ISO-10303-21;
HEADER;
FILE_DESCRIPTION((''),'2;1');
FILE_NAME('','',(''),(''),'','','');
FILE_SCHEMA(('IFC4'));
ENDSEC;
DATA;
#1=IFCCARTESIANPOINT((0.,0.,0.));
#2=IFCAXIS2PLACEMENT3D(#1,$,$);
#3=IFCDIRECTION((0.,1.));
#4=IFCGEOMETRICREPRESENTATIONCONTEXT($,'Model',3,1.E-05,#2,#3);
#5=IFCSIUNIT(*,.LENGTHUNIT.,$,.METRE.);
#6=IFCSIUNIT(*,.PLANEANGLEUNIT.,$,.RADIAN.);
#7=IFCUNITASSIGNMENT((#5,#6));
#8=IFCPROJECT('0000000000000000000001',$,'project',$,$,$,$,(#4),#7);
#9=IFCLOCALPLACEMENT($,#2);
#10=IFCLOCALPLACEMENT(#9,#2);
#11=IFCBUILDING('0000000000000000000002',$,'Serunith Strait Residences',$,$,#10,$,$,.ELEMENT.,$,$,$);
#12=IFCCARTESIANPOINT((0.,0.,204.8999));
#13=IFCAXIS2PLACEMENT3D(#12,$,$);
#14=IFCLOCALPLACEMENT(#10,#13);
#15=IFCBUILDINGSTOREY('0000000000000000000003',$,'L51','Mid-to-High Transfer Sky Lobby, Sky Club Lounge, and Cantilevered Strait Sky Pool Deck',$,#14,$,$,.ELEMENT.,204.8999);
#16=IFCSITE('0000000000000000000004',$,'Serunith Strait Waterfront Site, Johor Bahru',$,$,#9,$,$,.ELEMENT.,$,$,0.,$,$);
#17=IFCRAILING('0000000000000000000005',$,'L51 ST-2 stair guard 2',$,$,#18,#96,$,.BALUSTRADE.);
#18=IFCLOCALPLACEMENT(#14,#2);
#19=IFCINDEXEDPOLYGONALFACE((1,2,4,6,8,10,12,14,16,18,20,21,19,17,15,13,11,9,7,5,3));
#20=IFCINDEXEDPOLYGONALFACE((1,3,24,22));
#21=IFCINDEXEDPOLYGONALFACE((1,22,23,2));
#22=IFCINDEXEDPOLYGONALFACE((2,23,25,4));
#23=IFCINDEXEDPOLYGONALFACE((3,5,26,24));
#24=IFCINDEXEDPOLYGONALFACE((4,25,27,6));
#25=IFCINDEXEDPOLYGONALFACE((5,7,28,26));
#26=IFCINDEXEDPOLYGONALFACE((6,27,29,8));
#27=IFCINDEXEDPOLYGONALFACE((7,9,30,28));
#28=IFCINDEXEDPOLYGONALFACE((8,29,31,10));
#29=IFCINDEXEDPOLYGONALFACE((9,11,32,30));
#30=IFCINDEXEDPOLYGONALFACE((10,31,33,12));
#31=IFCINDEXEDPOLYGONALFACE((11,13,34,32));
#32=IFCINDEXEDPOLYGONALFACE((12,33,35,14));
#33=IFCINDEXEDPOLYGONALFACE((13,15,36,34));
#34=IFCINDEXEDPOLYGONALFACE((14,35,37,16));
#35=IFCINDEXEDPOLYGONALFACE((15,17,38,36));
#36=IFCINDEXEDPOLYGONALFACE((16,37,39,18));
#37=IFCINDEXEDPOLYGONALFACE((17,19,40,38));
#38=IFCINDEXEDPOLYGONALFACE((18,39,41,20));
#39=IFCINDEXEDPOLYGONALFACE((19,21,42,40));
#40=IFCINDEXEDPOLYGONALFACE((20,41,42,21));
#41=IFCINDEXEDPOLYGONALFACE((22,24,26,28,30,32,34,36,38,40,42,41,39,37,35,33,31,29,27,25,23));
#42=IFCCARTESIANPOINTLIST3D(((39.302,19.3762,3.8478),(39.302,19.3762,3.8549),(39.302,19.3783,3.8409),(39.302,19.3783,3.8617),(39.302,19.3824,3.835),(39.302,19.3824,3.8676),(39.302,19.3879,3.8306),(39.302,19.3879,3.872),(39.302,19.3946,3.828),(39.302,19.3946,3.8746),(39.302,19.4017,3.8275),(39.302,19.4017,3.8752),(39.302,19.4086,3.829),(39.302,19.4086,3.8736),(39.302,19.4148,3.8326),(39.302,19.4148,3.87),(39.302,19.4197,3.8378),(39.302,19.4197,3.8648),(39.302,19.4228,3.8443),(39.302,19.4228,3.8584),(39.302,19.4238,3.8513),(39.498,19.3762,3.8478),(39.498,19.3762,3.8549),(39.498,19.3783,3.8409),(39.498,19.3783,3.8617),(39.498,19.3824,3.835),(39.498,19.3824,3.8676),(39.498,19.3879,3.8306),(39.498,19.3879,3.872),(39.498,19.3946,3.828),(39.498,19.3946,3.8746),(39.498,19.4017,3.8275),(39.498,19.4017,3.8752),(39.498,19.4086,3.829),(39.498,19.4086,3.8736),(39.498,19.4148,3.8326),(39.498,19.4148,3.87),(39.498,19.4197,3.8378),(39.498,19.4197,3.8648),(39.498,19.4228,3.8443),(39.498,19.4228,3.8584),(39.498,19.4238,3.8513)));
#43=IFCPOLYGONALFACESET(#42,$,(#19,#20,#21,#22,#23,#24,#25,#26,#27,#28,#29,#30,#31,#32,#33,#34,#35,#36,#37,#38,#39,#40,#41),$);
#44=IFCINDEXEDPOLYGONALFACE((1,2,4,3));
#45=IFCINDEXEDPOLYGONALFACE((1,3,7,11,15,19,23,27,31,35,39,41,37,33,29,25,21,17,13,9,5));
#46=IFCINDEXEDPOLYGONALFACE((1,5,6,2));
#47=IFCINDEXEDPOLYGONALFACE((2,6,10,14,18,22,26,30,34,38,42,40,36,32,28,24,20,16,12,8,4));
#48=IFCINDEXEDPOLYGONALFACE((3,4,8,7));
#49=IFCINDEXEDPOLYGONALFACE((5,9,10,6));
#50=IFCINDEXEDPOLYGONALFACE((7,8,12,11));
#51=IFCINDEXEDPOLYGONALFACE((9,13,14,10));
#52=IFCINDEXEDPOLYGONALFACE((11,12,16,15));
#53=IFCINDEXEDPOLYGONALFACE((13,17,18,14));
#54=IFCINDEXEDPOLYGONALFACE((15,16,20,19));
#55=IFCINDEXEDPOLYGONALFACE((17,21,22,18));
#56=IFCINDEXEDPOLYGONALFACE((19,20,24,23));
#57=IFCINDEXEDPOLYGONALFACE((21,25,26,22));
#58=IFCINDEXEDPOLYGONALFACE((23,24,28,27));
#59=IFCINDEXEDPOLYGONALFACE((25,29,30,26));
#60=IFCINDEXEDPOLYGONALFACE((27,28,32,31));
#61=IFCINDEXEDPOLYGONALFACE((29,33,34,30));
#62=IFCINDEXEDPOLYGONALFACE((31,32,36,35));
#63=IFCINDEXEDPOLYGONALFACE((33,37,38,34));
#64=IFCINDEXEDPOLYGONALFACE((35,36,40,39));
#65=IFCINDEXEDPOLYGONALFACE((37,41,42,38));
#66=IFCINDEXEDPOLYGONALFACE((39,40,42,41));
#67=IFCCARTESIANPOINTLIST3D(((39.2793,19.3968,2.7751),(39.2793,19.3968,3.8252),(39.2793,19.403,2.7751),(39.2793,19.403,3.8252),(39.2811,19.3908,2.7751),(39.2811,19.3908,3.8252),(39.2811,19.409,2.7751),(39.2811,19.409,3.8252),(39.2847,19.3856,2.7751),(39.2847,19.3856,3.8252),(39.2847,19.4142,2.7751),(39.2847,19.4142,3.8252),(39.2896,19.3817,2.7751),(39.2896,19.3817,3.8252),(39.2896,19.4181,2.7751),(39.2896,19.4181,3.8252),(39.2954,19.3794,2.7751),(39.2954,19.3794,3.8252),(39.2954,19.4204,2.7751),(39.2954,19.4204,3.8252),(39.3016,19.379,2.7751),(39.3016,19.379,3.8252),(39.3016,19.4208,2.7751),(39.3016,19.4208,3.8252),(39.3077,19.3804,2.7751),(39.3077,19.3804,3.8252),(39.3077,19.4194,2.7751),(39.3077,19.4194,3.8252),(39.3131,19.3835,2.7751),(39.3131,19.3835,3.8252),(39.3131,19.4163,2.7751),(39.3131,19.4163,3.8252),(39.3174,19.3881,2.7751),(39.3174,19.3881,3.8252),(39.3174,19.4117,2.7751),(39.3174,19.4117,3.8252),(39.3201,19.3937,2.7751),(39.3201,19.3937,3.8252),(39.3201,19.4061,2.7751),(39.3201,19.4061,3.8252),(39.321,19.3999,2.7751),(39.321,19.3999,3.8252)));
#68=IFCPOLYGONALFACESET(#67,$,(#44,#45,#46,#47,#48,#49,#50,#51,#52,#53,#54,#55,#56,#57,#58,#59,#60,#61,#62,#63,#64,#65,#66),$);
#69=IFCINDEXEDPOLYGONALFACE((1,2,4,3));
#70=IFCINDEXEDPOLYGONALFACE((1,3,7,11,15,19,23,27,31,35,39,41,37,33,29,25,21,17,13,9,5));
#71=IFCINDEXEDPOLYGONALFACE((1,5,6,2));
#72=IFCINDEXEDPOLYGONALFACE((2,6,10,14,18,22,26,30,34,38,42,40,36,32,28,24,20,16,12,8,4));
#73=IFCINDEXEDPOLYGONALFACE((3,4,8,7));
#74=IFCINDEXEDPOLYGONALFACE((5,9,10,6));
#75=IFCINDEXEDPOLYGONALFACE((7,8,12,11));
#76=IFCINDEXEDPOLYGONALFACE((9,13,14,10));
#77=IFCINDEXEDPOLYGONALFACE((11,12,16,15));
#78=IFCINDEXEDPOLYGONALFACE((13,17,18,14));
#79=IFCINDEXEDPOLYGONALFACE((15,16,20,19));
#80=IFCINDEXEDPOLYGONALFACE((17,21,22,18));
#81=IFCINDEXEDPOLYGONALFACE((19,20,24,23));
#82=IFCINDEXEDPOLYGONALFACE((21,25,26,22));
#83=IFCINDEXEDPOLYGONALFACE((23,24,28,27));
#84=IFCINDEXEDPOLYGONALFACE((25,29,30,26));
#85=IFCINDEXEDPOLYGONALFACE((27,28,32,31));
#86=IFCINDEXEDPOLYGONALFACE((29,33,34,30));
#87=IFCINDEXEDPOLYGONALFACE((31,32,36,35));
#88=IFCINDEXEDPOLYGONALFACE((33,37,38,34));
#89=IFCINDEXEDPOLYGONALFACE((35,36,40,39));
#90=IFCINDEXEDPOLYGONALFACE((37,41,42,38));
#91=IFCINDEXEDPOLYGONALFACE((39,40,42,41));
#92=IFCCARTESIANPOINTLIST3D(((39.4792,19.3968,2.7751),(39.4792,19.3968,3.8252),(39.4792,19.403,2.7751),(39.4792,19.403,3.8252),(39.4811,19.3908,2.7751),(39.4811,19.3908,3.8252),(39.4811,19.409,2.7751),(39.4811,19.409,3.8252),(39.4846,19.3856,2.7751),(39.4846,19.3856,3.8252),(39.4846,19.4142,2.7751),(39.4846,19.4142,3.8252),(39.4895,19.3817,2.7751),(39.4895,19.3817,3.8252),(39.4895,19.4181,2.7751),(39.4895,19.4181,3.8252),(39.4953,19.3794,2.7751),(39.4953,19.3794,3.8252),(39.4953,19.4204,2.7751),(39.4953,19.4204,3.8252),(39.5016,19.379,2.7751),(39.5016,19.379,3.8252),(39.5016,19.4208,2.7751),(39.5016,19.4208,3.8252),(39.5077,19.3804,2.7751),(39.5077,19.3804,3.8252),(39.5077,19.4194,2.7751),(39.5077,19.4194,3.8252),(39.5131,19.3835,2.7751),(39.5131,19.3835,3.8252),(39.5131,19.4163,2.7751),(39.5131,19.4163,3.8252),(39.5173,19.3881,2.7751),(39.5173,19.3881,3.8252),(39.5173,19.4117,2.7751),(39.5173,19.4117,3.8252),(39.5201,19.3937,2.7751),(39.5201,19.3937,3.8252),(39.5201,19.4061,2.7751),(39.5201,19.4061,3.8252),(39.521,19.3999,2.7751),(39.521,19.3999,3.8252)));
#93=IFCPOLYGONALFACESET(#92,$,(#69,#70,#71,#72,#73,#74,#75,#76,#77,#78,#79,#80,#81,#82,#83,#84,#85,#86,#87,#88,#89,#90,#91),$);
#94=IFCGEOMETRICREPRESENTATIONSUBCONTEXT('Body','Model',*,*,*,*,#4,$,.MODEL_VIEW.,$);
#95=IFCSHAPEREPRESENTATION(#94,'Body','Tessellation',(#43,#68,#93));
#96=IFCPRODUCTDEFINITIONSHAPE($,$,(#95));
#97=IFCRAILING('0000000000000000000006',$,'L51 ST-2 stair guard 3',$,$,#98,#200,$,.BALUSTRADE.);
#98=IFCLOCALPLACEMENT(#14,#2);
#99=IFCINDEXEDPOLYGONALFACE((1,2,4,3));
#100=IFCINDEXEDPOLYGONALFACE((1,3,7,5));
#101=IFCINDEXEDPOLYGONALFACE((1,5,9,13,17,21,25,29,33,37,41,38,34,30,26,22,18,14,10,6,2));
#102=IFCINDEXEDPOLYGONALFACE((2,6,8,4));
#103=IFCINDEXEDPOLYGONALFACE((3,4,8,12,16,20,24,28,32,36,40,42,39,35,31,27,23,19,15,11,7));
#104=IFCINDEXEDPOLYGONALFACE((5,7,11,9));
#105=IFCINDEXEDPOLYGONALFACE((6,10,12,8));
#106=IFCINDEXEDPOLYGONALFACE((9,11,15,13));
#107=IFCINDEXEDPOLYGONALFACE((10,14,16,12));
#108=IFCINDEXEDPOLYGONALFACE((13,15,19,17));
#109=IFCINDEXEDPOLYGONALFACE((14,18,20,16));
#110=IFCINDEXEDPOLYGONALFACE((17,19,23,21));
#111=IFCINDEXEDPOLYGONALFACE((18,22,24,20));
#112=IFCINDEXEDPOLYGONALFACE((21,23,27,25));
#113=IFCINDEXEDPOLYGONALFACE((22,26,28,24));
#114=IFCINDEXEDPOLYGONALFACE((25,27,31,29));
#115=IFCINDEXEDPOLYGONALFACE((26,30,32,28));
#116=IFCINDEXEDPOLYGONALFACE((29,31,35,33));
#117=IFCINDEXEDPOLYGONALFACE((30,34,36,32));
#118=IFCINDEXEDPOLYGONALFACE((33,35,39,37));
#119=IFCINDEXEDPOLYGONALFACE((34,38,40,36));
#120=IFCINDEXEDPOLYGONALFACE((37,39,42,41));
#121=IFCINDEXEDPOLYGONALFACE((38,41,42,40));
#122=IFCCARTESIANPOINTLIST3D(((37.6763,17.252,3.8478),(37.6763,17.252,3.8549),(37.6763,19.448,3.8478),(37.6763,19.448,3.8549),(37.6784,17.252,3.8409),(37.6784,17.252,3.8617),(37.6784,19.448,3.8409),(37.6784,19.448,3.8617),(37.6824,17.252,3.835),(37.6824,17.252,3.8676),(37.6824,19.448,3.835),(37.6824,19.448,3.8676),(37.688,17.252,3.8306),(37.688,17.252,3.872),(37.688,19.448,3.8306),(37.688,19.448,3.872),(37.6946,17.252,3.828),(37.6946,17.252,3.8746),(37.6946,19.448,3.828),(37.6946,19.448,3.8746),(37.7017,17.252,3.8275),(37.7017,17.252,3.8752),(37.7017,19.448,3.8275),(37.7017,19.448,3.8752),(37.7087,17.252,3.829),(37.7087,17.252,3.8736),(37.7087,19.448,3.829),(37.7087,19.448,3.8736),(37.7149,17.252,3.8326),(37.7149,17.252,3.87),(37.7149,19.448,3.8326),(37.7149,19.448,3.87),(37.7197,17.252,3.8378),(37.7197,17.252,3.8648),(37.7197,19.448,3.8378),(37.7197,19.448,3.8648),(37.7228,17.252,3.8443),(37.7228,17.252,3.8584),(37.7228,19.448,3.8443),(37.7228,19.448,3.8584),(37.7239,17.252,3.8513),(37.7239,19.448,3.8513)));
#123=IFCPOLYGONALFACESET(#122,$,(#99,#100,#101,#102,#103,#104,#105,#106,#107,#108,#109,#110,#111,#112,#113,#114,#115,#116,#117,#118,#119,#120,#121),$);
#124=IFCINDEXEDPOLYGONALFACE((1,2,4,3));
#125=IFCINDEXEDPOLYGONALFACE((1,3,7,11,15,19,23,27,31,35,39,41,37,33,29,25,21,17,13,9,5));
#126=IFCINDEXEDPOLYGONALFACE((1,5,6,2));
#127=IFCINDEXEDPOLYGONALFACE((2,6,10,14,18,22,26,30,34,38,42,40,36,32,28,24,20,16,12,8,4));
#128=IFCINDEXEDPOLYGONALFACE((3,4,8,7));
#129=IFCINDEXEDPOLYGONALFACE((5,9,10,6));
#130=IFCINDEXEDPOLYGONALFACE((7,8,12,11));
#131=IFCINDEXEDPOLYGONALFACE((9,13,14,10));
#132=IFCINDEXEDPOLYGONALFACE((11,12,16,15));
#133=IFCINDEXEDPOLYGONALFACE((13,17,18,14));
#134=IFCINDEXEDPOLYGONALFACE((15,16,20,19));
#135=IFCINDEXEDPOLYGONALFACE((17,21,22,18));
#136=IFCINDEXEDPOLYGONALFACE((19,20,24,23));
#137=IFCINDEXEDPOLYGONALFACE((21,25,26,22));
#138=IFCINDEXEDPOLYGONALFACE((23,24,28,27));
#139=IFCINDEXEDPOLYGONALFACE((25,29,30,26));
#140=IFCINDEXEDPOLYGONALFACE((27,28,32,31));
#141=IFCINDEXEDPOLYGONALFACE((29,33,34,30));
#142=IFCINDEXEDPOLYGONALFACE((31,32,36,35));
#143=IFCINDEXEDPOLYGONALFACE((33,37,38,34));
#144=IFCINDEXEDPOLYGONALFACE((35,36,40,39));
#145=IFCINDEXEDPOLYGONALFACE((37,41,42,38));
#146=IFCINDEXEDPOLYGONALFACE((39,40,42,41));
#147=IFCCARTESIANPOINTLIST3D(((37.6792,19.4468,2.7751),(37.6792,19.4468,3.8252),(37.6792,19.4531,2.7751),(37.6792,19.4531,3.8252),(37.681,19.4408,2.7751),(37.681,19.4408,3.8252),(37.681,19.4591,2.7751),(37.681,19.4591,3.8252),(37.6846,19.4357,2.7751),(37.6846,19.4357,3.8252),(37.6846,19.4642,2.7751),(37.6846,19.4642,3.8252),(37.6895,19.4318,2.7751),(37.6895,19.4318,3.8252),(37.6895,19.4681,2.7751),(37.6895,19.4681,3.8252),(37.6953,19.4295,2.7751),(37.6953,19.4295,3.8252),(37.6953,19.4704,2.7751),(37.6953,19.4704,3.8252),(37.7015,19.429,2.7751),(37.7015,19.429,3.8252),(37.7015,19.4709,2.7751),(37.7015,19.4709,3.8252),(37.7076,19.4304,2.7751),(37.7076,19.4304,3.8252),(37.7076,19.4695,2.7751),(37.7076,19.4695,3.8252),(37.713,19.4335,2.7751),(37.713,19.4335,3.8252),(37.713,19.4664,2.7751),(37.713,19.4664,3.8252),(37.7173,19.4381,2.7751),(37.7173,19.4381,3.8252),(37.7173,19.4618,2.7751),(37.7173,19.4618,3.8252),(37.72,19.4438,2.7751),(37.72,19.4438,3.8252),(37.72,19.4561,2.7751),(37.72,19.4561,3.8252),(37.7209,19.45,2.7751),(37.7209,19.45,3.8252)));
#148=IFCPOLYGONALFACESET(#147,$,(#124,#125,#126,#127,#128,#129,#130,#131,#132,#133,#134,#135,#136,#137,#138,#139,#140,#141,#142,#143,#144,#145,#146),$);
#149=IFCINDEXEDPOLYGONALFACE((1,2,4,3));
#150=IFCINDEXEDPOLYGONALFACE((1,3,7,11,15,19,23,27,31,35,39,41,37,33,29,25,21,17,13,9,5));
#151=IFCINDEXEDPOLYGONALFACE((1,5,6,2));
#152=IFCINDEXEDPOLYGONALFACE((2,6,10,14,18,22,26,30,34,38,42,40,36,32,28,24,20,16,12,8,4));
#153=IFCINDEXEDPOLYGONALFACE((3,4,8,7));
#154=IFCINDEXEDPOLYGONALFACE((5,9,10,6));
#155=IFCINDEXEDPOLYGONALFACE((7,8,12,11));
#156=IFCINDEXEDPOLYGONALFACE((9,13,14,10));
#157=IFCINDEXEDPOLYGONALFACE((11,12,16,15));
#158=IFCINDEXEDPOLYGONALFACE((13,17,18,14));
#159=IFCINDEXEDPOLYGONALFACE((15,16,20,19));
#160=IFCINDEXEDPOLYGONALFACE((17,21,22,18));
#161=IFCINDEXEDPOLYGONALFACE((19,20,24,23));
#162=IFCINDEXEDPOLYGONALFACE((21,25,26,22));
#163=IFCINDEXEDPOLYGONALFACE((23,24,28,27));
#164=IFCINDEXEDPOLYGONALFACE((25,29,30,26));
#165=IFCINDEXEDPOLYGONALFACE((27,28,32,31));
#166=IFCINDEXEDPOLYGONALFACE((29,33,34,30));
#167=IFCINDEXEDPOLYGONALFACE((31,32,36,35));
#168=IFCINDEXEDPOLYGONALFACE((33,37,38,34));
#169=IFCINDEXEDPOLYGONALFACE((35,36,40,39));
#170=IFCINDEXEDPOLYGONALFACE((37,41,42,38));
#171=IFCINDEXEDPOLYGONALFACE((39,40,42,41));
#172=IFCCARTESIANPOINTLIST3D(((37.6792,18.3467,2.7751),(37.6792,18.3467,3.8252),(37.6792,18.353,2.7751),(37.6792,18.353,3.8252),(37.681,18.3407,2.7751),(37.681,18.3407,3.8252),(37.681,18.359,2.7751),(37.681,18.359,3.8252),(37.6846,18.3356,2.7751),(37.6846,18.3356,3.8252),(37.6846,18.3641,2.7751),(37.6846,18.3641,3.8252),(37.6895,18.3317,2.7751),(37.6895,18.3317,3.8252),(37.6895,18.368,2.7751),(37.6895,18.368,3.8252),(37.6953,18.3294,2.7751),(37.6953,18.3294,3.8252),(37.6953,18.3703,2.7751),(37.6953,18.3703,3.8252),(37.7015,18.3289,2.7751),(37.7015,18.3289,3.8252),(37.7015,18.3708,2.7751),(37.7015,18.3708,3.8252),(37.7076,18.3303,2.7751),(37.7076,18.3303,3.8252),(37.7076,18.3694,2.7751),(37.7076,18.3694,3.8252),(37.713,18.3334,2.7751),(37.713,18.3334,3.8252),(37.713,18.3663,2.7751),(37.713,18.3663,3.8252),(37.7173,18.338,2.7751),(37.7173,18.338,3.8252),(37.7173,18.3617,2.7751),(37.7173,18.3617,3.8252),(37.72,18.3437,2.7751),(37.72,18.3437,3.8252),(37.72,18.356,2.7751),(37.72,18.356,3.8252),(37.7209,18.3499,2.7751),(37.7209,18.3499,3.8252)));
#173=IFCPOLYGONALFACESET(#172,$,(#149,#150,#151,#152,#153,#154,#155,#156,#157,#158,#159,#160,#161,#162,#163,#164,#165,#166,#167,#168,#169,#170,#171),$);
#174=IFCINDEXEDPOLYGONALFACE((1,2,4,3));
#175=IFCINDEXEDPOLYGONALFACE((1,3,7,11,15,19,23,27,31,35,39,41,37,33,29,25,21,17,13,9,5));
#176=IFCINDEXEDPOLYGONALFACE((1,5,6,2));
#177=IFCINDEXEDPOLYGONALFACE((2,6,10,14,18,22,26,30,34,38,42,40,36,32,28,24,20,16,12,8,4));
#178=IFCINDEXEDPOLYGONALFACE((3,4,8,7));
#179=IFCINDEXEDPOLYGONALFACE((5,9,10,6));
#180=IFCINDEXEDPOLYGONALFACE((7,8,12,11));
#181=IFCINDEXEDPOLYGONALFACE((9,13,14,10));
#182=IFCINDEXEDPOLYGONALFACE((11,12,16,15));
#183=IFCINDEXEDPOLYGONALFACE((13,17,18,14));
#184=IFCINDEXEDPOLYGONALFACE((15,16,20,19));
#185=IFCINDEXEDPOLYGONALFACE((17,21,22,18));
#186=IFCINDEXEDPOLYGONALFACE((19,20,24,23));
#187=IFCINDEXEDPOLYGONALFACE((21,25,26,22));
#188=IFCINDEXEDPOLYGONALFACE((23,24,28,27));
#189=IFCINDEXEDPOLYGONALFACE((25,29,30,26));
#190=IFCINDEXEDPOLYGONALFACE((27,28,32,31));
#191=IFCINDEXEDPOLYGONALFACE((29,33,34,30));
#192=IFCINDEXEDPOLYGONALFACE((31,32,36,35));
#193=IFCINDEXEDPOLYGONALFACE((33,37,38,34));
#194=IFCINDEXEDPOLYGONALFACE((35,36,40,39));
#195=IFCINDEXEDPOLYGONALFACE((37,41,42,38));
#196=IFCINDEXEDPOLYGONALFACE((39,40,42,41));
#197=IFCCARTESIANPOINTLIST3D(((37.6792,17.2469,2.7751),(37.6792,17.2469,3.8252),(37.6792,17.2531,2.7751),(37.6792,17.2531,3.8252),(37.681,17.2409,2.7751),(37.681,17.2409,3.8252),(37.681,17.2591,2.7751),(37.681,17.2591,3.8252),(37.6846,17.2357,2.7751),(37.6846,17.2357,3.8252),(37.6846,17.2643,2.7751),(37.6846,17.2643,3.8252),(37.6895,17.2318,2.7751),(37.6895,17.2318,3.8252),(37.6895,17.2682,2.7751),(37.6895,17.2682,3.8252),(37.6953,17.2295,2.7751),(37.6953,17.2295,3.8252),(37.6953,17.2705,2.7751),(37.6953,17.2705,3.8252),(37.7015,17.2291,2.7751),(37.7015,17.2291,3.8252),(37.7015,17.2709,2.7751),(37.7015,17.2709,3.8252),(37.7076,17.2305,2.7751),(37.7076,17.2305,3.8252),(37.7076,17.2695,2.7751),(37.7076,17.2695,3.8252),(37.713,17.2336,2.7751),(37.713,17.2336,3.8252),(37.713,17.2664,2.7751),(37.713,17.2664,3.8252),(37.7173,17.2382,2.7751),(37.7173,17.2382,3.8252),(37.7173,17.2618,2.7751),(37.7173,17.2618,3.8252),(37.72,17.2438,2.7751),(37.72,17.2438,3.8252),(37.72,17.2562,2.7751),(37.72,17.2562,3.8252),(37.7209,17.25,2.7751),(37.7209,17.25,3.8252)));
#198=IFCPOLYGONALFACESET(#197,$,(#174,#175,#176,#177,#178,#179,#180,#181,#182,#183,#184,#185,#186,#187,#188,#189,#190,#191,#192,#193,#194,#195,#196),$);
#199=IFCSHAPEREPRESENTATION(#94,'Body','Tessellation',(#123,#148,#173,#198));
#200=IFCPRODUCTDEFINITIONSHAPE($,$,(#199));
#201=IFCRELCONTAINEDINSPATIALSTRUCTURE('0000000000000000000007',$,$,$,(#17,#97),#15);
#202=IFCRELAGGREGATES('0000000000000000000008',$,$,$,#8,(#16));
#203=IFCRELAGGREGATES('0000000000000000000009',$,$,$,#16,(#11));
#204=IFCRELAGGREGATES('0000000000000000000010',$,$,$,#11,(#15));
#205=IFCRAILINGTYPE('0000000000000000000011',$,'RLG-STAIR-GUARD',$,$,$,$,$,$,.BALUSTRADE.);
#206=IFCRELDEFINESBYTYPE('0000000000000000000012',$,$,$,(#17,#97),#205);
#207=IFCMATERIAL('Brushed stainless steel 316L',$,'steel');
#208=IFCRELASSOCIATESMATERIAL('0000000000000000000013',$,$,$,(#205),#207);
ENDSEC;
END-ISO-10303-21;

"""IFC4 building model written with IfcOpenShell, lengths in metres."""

from ifc_helpers import new_model, si_unit, direction, frame, origin, origin_2d, place, context, subcontext, project, spatial, circle, extrude, material, type_object, element, save


model = new_model("IFC4")

# Units and contexts
model_context = context("Model", 3, precision=1e-05, world=origin(), true_north=direction((0.0, 1.0)))
body_context = subcontext(model_context, "Body", "Model", "MODEL_VIEW")
ifc_project = project(units=[si_unit("LENGTHUNIT", "METRE"), si_unit("PLANEANGLEUNIT", "RADIAN")], contexts=[model_context])

# Site, building, storey
site_placement = place(None, origin())
site = spatial("IfcSite", under=ifc_project, at=site_placement, Name="Serunith Strait Waterfront Site, Johor Bahru", CompositionType="ELEMENT", RefElevation=0.0)
building_placement = place(site_placement, origin())
building = spatial("IfcBuilding", under=site, at=building_placement, Name="Serunith Strait Residences", CompositionType="ELEMENT")
storey_placement = place(building_placement, frame((0.0, 0.0, 204.8999)))
storey = spatial("IfcBuildingStorey", under=building, at=storey_placement, Name="L51", Description="Mid-to-High Transfer Sky Lobby, Sky Club Lounge, and Cantilevered Strait Sky Pool Deck", CompositionType="ELEMENT", Elevation=204.8999)

# Railings
ifc_material_1 = material(Name="Brushed stainless steel 316L", Category="steel")
railing_type_1 = type_object("IfcRailingType", Name="RLG-STAIR-GUARD", PredefinedType="BALUSTRADE", material=ifc_material_1)
railing_1_placement = place(storey_placement, frame((39.3, 19.3999, 2.7751)))
element("IfcRailing", 1, at=railing_1_placement, inside=storey, type_object=railing_type_1, Name="L51 ST-2 stair guard 2", PredefinedType="BALUSTRADE", context=body_context, shape_type="SweptSolid", body=[
    extrude(circle(Radius=0.0239, at=origin_2d()), frame((0.002, 0.0, 1.0762), z_axis=(1.0, 0.0, 0.0), x_axis=(0.0, 1.0, 0.0)), (0.0, 0.0, 1.0), 0.196),
    extrude(circle(Radius=0.021, at=origin_2d()), origin(), (0.0, 0.0, 1.0), 1.05),
    extrude(circle(Radius=0.021, at=origin_2d()), frame((0.2, 0.0, 0.0)), (0.0, 0.0, 1.0), 1.05),
])
for number, where, name in (
    (2, (37.7, 19.45, 2.7751), "L51 ST-2 stair guard 3"),
):
    element("IfcRailing", number, at=place(storey_placement, frame(where)), inside=storey, type_object=railing_type_1, Name=name, PredefinedType="BALUSTRADE", context=body_context, shape_type="SweptSolid", body=[
        extrude(circle(Radius=0.0239, at=origin_2d()), frame((0.0, -0.002, 1.0762), z_axis=(0.0, -1.0, 0.0), x_axis=(1.0, 0.0, 0.0)), (0.0, 0.0, 1.0), 2.196),
        extrude(circle(Radius=0.021, at=origin_2d()), origin(), (0.0, 0.0, 1.0), 1.05),
        extrude(circle(Radius=0.021, at=origin_2d()), frame((0.0, -1.1001, 0.0)), (0.0, 0.0, 1.0), 1.05),
        extrude(circle(Radius=0.021, at=origin_2d()), frame((0.0, -2.2, 0.0)), (0.0, 0.0, 1.0), 1.05),
    ])

save(model, "model.ifc")
